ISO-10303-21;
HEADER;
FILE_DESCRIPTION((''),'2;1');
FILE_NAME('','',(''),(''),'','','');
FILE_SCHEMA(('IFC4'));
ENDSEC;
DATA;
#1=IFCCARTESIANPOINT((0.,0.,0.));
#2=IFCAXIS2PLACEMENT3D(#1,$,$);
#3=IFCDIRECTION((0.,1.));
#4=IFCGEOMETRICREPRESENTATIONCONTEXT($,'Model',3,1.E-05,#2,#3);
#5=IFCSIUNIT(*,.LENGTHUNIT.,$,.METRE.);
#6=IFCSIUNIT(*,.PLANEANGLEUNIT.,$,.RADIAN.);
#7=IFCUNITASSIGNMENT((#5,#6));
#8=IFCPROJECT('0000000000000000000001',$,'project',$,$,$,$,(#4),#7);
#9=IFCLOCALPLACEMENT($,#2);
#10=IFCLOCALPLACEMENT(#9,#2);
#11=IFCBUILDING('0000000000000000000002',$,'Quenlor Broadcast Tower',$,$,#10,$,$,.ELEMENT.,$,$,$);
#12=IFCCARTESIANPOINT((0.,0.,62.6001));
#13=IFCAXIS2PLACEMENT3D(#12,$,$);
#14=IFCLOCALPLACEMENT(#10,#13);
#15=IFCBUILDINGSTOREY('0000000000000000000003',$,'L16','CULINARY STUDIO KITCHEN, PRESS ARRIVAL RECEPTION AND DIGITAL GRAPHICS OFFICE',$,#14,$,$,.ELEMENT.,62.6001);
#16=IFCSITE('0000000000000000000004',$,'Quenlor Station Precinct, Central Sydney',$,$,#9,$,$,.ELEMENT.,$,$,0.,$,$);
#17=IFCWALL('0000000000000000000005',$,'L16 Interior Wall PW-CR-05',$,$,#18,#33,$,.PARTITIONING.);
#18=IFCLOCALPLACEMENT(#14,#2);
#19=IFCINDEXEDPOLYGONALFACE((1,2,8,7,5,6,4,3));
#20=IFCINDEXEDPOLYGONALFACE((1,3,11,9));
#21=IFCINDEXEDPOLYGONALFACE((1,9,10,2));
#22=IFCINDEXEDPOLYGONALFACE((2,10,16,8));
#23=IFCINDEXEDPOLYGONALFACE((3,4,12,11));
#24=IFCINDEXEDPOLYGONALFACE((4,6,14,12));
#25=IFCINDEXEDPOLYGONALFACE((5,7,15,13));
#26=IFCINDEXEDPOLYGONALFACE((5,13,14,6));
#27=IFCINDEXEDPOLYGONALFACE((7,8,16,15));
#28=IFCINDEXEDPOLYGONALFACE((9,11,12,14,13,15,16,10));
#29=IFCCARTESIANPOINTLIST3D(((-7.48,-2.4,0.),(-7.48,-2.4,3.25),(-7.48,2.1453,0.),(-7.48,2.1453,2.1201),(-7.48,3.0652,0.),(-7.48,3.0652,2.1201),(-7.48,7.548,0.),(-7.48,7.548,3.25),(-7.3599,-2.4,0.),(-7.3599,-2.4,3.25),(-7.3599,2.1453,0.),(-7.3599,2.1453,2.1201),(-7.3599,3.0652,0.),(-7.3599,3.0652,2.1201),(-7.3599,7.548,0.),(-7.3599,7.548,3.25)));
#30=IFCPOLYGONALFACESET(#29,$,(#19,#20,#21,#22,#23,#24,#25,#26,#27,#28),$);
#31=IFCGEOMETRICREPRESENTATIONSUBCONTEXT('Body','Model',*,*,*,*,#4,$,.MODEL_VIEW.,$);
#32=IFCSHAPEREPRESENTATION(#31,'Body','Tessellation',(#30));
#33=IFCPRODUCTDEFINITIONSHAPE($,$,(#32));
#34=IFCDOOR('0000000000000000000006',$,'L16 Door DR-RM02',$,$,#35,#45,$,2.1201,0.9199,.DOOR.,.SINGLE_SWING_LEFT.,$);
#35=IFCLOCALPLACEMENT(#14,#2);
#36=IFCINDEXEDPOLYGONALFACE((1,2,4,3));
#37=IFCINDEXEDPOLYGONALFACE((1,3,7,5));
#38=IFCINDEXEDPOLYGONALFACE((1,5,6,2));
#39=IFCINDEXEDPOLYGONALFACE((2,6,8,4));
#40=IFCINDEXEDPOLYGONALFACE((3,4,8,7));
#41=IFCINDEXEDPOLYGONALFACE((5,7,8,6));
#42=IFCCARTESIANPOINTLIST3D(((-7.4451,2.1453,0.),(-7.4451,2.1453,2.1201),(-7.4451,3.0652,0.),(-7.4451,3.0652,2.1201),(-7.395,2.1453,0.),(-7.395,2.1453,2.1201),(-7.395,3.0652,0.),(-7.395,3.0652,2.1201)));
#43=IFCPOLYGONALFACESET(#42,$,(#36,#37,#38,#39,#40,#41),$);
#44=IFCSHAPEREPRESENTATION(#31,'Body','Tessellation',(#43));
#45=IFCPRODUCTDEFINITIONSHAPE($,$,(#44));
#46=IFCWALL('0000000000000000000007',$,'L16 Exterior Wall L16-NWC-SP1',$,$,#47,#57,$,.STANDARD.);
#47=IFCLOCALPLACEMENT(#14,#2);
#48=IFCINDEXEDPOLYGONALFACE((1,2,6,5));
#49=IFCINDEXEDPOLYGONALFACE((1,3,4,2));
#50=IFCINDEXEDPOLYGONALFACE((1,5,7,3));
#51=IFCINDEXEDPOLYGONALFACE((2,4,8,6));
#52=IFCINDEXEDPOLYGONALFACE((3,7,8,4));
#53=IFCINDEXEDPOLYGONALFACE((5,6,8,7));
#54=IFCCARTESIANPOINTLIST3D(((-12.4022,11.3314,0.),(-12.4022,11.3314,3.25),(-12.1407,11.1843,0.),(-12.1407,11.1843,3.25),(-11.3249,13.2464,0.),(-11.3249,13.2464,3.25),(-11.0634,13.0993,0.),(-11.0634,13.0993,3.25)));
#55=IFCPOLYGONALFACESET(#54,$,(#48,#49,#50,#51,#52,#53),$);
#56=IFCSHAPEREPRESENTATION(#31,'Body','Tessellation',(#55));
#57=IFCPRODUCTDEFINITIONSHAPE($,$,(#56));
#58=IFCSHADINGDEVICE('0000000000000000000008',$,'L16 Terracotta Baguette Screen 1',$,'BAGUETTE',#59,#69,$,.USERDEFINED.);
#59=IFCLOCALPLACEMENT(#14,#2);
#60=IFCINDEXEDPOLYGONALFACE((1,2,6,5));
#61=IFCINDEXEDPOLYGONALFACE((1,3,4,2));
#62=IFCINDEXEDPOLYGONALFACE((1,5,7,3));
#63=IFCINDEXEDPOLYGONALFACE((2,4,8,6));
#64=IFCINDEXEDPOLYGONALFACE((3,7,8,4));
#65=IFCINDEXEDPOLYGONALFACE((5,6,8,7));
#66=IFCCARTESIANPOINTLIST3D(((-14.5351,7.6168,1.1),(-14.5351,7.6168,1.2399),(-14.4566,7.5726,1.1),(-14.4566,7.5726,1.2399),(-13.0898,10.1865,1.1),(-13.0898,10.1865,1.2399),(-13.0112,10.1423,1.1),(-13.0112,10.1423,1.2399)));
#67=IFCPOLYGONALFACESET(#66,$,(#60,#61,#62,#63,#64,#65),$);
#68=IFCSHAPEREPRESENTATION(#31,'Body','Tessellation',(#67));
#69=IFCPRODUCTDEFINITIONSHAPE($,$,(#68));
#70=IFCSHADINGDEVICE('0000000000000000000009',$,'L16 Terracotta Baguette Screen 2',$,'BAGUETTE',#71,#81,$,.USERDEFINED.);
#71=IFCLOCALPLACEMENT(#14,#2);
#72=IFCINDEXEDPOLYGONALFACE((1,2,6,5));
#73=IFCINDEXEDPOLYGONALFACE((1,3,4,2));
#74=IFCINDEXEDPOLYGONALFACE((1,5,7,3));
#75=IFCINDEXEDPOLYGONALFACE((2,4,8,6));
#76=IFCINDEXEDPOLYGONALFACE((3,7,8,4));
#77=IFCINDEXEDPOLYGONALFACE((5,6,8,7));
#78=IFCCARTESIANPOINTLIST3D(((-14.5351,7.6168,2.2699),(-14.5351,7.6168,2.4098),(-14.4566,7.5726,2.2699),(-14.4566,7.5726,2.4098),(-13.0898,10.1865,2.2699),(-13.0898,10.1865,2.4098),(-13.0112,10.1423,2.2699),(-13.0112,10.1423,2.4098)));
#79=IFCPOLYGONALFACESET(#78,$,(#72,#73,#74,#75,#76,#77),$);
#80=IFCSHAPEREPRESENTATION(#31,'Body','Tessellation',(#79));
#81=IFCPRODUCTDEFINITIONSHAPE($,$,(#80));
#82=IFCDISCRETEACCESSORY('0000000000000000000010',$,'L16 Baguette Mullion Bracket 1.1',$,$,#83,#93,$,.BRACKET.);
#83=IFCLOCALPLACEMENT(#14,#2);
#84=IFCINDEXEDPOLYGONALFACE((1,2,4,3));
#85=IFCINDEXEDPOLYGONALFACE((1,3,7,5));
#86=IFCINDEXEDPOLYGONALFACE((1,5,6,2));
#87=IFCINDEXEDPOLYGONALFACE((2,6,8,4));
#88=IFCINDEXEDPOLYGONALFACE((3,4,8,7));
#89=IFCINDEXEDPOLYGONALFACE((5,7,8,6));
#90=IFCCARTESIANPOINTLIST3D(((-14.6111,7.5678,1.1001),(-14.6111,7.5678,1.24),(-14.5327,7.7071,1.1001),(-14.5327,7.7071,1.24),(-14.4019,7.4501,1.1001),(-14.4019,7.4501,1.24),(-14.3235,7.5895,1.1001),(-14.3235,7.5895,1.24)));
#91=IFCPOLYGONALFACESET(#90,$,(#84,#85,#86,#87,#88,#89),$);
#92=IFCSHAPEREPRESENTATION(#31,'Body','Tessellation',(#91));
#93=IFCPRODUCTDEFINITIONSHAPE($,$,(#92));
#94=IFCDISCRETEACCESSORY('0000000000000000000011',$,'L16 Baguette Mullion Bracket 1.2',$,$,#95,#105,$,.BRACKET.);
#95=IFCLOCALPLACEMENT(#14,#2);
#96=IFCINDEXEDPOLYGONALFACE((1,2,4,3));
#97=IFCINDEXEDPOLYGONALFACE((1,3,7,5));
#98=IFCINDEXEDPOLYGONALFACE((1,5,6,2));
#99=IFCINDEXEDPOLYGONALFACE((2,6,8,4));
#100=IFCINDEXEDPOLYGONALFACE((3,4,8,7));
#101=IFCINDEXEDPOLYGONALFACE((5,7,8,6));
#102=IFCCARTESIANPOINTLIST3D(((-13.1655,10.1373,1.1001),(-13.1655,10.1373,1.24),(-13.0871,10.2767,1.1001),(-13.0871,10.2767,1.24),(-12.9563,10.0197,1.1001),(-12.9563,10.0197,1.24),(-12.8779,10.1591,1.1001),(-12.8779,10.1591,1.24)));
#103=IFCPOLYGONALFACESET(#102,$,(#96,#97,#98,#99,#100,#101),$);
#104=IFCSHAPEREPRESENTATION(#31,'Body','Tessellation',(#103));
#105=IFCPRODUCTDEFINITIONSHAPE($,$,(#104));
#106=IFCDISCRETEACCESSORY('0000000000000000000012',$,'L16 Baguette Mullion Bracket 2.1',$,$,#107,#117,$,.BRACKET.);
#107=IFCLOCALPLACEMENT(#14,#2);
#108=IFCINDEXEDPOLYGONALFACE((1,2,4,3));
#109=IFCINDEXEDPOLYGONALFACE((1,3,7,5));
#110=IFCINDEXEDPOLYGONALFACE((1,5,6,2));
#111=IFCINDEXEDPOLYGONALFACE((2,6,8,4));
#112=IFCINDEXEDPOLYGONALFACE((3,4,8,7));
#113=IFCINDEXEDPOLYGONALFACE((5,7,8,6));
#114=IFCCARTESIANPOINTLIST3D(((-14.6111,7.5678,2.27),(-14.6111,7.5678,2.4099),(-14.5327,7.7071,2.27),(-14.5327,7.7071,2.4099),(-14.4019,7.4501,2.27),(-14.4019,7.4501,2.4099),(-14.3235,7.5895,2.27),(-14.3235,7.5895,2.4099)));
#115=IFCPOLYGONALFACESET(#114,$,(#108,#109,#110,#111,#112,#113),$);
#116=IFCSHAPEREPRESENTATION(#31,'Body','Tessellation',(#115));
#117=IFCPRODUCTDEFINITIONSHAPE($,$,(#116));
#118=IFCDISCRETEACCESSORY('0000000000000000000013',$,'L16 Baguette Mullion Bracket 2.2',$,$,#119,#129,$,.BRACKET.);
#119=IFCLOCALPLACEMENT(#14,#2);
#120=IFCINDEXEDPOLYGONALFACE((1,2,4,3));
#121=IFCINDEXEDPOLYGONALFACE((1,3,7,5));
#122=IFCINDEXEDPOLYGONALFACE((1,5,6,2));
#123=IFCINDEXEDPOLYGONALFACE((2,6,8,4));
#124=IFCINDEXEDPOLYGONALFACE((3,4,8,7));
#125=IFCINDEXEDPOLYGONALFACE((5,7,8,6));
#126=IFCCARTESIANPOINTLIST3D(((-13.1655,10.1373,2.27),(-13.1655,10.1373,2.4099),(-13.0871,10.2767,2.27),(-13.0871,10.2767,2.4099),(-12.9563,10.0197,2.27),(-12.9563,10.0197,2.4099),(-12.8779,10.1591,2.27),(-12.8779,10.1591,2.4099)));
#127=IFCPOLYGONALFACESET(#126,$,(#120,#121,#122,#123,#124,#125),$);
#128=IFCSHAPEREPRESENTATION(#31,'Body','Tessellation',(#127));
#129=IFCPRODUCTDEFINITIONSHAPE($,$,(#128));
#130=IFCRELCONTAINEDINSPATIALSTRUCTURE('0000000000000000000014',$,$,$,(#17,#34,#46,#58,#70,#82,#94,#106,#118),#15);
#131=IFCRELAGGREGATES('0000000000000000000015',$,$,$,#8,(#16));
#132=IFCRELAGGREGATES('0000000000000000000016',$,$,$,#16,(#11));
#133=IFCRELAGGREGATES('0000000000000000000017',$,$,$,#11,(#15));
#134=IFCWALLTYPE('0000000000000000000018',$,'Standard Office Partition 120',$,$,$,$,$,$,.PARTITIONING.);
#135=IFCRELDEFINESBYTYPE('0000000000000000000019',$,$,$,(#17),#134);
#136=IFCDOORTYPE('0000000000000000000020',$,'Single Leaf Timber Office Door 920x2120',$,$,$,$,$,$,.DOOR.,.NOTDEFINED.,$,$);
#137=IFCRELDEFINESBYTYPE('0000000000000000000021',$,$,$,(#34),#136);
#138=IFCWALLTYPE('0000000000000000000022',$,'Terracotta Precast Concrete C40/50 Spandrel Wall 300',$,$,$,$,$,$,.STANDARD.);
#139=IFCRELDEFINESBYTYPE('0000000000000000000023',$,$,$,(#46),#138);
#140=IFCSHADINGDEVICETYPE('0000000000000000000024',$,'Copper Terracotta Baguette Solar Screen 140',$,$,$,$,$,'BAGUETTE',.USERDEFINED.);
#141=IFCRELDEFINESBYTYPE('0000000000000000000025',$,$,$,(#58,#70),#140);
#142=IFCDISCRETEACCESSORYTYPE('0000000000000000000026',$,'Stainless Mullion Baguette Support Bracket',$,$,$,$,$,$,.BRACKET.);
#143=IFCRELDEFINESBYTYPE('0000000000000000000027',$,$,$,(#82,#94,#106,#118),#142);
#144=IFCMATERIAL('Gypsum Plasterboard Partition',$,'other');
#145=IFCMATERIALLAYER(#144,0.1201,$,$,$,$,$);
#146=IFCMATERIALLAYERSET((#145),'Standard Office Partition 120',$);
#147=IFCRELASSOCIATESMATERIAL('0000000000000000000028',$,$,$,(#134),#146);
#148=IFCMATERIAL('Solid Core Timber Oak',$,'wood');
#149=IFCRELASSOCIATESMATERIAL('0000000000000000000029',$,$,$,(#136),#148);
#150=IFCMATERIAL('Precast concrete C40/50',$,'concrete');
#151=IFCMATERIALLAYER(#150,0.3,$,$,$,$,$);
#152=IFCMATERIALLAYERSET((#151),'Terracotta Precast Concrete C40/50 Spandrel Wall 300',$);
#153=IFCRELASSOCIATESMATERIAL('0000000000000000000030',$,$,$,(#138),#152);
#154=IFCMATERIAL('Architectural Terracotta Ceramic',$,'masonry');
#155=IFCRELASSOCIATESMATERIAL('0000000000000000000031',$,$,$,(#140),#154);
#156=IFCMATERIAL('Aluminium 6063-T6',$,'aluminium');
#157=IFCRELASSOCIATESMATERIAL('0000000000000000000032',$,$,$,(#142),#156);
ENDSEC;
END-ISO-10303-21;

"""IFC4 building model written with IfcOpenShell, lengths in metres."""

from ifc_helpers import new_model, si_unit, direction, frame, frame_2d, origin, origin_2d, place, context, subcontext, project, spatial, rectangle, extrude, material, layer, layer_set, material_profile, profile_set, type_object, element, fill, save


model = new_model("IFC4")

# Units and contexts
model_context = context("Model", 3, precision=1e-05, world=origin(), true_north=direction((0.0, 1.0)))
body_context = subcontext(model_context, "Body", "Model", "MODEL_VIEW")
ifc_project = project(units=[si_unit("LENGTHUNIT", "METRE"), si_unit("PLANEANGLEUNIT", "RADIAN")], contexts=[model_context])

# Site, building, storey
site_placement = place(None, origin())
site = spatial("IfcSite", under=ifc_project, at=site_placement, Name="Quenlor Station Precinct, Central Sydney", CompositionType="ELEMENT", RefElevation=0.0)
building_placement = place(site_placement, origin())
building = spatial("IfcBuilding", under=site, at=building_placement, Name="Quenlor Broadcast Tower", CompositionType="ELEMENT")
storey_placement = place(building_placement, frame((0.0, 0.0, 62.6001)))
storey = spatial("IfcBuildingStorey", under=building, at=storey_placement, Name="L16", Description="CULINARY STUDIO KITCHEN, PRESS ARRIVAL RECEPTION AND DIGITAL GRAPHICS OFFICE", CompositionType="ELEMENT", Elevation=62.6001)

# Shared definitions
ifc_material_1 = material(Name="Gypsum Plasterboard Partition", Category="other")
ifc_layer_1 = layer(ifc_material_1, 0.1201)
ifc_layer_set_1 = layer_set([ifc_layer_1], Name="Standard Office Partition 120")
wall_type_1 = type_object("IfcWallType", Name="Standard Office Partition 120", PredefinedType="PARTITIONING", material=ifc_layer_set_1)

# Wall, opening, door
wall_1_placement = place(storey_placement, frame((-7.4199, 7.5481, 0.0), z_axis=(0.0, 0.0, 1.0), x_axis=(0.0, -1.0, 0.0)))
wall_1 = element("IfcWall", 1, at=wall_1_placement, inside=storey, type_object=wall_type_1, Name="L16 Interior Wall PW-CR-05", PredefinedType="PARTITIONING", context=body_context, shape_type="SweptSolid", body=[
    extrude(rectangle(XDim=9.948, YDim=0.1201, at=frame_2d((4.9741, 0.0))), origin(), (0.0, 0.0, 1.0), 3.25),
])
opening_placement = place(wall_1_placement, frame((4.4829, 0.0, 0.0)))
opening = element("IfcOpeningElement", 2, at=opening_placement, cuts=wall_1, PredefinedType="OPENING", context=body_context, shape_type="SweptSolid", body=[
    extrude(rectangle(XDim=0.9199, YDim=2.1201, at=frame_2d((0.46, 1.0601))), frame((0.0, 0.0701, 0.0), z_axis=(0.0, -1.0, 0.0), x_axis=(1.0, 0.0, 0.0)), (0.0, 0.0, 1.0), 0.1401),
])
ifc_material_2 = material(Name="Solid Core Timber Oak", Category="wood")
door_type = type_object("IfcDoorType", Name="Single Leaf Timber Office Door 920x2120", OperationType="NOTDEFINED", PredefinedType="DOOR", material=ifc_material_2)
door_placement = place(opening_placement, origin())
door = element("IfcDoor", 3, at=door_placement, inside=storey, type_object=door_type, Name="L16 Door DR-RM02", OperationType="SINGLE_SWING_LEFT", OverallHeight=2.1201, OverallWidth=0.9199, PredefinedType="DOOR", context=body_context, shape_type="SweptSolid", body=[
    extrude(rectangle(XDim=0.9199, YDim=2.1201, at=frame_2d((0.46, 1.0601))), frame((0.0, 0.0249, 0.0), z_axis=(0.0, -1.0, 0.0), x_axis=(1.0, 0.0, 0.0)), (0.0, 0.0, 1.0), 0.05),
])
fill(opening, door)

# Wall
ifc_material_3 = material(Name="Precast concrete C40/50", Category="concrete")
ifc_layer_2 = layer(ifc_material_3, 0.3)
ifc_layer_set_2 = layer_set([ifc_layer_2], Name="Terracotta Precast Concrete C40/50 Spandrel Wall 300")
wall_type_2 = type_object("IfcWallType", Name="Terracotta Precast Concrete C40/50 Spandrel Wall 300", PredefinedType="STANDARD", material=ifc_layer_set_2)
wall_2_placement = place(storey_placement, frame((-12.2715, 11.2578, 0.0), z_axis=(0.0, 0.0, 1.0), x_axis=(0.490325, 0.87154, 0.0)))
element("IfcWall", 4, at=wall_2_placement, inside=storey, type_object=wall_type_2, Name="L16 Exterior Wall L16-NWC-SP1", PredefinedType="STANDARD", context=body_context, shape_type="SweptSolid", body=[
    extrude(rectangle(XDim=2.1973, YDim=0.3, at=frame_2d((1.0986, 0.0))), origin(), (0.0, 0.0, 1.0), 3.25),
])

# Shading devices
ifc_material_4 = material(Name="Architectural Terracotta Ceramic", Category="masonry")
ifc_material_profile_1 = material_profile(ifc_material_4, rectangle(XDim=0.0901, YDim=0.1399, at=origin_2d()))
ifc_profile_set_1 = profile_set([ifc_material_profile_1], Name="Architectural Terracotta Ceramic BAG90x140")
shading_device_type = type_object("IfcShadingDeviceType", Name="Copper Terracotta Baguette Solar Screen 140", ElementType="BAGUETTE", PredefinedType="USERDEFINED", material=ifc_profile_set_1)
for number, where, z_axis, x_axis, name in (
    (5, (-14.4958, 7.5947, 1.1699), (0.490242, 0.871587, 0.0), (-0.871587, 0.490242, 0.0), "L16 Terracotta Baguette Screen 1"),
    (6, (-14.4958, 7.5947, 2.3398), (0.490242, 0.871587, 0.0), (-0.871587, 0.490242, 0.0), "L16 Terracotta Baguette Screen 2"),
):
    element("IfcShadingDevice", number, at=place(storey_placement, frame(where, z_axis=z_axis, x_axis=x_axis)), inside=storey, type_object=shading_device_type, Name=name, ObjectType="BAGUETTE", PredefinedType="USERDEFINED", context=body_context, shape_type="SweptSolid", body=[
        extrude(rectangle(XDim=0.0901, YDim=0.1399, at=origin_2d()), origin(), (0.0, 0.0, 1.0), 2.9482),
    ])

# Discrete accessories
ifc_material_5 = material(Name="Aluminium 6063-T6", Category="aluminium")
discrete_accessory_type = type_object("IfcDiscreteAccessoryType", Name="Stainless Mullion Baguette Support Bracket", PredefinedType="BRACKET", material=ifc_material_5)
for number, where, z_axis, x_axis, name in (
    (7, (-14.4673, 7.5786, 1.1001), (0.0, 0.0, 1.0), (0.490274, 0.871568, 0.0), "L16 Baguette Mullion Bracket 1.1"),
    (8, (-13.0217, 10.1482, 1.1001), (0.0, 0.0, 1.0), (0.490274, 0.871568, 0.0), "L16 Baguette Mullion Bracket 1.2"),
    (9, (-14.4673, 7.5786, 2.27), (0.0, 0.0, 1.0), (0.490274, 0.871568, 0.0), "L16 Baguette Mullion Bracket 2.1"),
    (10, (-13.0217, 10.1482, 2.27), (0.0, 0.0, 1.0), (0.490274, 0.871568, 0.0), "L16 Baguette Mullion Bracket 2.2"),
):
    element("IfcDiscreteAccessory", number, at=place(storey_placement, frame(where, z_axis=z_axis, x_axis=x_axis)), inside=storey, type_object=discrete_accessory_type, Name=name, PredefinedType="BRACKET", context=body_context, shape_type="SweptSolid", body=[
        extrude(rectangle(XDim=0.1599, YDim=0.24, at=origin_2d()), origin(), (0.0, 0.0, 1.0), 0.1399),
    ])

save(model, "model.ifc")
